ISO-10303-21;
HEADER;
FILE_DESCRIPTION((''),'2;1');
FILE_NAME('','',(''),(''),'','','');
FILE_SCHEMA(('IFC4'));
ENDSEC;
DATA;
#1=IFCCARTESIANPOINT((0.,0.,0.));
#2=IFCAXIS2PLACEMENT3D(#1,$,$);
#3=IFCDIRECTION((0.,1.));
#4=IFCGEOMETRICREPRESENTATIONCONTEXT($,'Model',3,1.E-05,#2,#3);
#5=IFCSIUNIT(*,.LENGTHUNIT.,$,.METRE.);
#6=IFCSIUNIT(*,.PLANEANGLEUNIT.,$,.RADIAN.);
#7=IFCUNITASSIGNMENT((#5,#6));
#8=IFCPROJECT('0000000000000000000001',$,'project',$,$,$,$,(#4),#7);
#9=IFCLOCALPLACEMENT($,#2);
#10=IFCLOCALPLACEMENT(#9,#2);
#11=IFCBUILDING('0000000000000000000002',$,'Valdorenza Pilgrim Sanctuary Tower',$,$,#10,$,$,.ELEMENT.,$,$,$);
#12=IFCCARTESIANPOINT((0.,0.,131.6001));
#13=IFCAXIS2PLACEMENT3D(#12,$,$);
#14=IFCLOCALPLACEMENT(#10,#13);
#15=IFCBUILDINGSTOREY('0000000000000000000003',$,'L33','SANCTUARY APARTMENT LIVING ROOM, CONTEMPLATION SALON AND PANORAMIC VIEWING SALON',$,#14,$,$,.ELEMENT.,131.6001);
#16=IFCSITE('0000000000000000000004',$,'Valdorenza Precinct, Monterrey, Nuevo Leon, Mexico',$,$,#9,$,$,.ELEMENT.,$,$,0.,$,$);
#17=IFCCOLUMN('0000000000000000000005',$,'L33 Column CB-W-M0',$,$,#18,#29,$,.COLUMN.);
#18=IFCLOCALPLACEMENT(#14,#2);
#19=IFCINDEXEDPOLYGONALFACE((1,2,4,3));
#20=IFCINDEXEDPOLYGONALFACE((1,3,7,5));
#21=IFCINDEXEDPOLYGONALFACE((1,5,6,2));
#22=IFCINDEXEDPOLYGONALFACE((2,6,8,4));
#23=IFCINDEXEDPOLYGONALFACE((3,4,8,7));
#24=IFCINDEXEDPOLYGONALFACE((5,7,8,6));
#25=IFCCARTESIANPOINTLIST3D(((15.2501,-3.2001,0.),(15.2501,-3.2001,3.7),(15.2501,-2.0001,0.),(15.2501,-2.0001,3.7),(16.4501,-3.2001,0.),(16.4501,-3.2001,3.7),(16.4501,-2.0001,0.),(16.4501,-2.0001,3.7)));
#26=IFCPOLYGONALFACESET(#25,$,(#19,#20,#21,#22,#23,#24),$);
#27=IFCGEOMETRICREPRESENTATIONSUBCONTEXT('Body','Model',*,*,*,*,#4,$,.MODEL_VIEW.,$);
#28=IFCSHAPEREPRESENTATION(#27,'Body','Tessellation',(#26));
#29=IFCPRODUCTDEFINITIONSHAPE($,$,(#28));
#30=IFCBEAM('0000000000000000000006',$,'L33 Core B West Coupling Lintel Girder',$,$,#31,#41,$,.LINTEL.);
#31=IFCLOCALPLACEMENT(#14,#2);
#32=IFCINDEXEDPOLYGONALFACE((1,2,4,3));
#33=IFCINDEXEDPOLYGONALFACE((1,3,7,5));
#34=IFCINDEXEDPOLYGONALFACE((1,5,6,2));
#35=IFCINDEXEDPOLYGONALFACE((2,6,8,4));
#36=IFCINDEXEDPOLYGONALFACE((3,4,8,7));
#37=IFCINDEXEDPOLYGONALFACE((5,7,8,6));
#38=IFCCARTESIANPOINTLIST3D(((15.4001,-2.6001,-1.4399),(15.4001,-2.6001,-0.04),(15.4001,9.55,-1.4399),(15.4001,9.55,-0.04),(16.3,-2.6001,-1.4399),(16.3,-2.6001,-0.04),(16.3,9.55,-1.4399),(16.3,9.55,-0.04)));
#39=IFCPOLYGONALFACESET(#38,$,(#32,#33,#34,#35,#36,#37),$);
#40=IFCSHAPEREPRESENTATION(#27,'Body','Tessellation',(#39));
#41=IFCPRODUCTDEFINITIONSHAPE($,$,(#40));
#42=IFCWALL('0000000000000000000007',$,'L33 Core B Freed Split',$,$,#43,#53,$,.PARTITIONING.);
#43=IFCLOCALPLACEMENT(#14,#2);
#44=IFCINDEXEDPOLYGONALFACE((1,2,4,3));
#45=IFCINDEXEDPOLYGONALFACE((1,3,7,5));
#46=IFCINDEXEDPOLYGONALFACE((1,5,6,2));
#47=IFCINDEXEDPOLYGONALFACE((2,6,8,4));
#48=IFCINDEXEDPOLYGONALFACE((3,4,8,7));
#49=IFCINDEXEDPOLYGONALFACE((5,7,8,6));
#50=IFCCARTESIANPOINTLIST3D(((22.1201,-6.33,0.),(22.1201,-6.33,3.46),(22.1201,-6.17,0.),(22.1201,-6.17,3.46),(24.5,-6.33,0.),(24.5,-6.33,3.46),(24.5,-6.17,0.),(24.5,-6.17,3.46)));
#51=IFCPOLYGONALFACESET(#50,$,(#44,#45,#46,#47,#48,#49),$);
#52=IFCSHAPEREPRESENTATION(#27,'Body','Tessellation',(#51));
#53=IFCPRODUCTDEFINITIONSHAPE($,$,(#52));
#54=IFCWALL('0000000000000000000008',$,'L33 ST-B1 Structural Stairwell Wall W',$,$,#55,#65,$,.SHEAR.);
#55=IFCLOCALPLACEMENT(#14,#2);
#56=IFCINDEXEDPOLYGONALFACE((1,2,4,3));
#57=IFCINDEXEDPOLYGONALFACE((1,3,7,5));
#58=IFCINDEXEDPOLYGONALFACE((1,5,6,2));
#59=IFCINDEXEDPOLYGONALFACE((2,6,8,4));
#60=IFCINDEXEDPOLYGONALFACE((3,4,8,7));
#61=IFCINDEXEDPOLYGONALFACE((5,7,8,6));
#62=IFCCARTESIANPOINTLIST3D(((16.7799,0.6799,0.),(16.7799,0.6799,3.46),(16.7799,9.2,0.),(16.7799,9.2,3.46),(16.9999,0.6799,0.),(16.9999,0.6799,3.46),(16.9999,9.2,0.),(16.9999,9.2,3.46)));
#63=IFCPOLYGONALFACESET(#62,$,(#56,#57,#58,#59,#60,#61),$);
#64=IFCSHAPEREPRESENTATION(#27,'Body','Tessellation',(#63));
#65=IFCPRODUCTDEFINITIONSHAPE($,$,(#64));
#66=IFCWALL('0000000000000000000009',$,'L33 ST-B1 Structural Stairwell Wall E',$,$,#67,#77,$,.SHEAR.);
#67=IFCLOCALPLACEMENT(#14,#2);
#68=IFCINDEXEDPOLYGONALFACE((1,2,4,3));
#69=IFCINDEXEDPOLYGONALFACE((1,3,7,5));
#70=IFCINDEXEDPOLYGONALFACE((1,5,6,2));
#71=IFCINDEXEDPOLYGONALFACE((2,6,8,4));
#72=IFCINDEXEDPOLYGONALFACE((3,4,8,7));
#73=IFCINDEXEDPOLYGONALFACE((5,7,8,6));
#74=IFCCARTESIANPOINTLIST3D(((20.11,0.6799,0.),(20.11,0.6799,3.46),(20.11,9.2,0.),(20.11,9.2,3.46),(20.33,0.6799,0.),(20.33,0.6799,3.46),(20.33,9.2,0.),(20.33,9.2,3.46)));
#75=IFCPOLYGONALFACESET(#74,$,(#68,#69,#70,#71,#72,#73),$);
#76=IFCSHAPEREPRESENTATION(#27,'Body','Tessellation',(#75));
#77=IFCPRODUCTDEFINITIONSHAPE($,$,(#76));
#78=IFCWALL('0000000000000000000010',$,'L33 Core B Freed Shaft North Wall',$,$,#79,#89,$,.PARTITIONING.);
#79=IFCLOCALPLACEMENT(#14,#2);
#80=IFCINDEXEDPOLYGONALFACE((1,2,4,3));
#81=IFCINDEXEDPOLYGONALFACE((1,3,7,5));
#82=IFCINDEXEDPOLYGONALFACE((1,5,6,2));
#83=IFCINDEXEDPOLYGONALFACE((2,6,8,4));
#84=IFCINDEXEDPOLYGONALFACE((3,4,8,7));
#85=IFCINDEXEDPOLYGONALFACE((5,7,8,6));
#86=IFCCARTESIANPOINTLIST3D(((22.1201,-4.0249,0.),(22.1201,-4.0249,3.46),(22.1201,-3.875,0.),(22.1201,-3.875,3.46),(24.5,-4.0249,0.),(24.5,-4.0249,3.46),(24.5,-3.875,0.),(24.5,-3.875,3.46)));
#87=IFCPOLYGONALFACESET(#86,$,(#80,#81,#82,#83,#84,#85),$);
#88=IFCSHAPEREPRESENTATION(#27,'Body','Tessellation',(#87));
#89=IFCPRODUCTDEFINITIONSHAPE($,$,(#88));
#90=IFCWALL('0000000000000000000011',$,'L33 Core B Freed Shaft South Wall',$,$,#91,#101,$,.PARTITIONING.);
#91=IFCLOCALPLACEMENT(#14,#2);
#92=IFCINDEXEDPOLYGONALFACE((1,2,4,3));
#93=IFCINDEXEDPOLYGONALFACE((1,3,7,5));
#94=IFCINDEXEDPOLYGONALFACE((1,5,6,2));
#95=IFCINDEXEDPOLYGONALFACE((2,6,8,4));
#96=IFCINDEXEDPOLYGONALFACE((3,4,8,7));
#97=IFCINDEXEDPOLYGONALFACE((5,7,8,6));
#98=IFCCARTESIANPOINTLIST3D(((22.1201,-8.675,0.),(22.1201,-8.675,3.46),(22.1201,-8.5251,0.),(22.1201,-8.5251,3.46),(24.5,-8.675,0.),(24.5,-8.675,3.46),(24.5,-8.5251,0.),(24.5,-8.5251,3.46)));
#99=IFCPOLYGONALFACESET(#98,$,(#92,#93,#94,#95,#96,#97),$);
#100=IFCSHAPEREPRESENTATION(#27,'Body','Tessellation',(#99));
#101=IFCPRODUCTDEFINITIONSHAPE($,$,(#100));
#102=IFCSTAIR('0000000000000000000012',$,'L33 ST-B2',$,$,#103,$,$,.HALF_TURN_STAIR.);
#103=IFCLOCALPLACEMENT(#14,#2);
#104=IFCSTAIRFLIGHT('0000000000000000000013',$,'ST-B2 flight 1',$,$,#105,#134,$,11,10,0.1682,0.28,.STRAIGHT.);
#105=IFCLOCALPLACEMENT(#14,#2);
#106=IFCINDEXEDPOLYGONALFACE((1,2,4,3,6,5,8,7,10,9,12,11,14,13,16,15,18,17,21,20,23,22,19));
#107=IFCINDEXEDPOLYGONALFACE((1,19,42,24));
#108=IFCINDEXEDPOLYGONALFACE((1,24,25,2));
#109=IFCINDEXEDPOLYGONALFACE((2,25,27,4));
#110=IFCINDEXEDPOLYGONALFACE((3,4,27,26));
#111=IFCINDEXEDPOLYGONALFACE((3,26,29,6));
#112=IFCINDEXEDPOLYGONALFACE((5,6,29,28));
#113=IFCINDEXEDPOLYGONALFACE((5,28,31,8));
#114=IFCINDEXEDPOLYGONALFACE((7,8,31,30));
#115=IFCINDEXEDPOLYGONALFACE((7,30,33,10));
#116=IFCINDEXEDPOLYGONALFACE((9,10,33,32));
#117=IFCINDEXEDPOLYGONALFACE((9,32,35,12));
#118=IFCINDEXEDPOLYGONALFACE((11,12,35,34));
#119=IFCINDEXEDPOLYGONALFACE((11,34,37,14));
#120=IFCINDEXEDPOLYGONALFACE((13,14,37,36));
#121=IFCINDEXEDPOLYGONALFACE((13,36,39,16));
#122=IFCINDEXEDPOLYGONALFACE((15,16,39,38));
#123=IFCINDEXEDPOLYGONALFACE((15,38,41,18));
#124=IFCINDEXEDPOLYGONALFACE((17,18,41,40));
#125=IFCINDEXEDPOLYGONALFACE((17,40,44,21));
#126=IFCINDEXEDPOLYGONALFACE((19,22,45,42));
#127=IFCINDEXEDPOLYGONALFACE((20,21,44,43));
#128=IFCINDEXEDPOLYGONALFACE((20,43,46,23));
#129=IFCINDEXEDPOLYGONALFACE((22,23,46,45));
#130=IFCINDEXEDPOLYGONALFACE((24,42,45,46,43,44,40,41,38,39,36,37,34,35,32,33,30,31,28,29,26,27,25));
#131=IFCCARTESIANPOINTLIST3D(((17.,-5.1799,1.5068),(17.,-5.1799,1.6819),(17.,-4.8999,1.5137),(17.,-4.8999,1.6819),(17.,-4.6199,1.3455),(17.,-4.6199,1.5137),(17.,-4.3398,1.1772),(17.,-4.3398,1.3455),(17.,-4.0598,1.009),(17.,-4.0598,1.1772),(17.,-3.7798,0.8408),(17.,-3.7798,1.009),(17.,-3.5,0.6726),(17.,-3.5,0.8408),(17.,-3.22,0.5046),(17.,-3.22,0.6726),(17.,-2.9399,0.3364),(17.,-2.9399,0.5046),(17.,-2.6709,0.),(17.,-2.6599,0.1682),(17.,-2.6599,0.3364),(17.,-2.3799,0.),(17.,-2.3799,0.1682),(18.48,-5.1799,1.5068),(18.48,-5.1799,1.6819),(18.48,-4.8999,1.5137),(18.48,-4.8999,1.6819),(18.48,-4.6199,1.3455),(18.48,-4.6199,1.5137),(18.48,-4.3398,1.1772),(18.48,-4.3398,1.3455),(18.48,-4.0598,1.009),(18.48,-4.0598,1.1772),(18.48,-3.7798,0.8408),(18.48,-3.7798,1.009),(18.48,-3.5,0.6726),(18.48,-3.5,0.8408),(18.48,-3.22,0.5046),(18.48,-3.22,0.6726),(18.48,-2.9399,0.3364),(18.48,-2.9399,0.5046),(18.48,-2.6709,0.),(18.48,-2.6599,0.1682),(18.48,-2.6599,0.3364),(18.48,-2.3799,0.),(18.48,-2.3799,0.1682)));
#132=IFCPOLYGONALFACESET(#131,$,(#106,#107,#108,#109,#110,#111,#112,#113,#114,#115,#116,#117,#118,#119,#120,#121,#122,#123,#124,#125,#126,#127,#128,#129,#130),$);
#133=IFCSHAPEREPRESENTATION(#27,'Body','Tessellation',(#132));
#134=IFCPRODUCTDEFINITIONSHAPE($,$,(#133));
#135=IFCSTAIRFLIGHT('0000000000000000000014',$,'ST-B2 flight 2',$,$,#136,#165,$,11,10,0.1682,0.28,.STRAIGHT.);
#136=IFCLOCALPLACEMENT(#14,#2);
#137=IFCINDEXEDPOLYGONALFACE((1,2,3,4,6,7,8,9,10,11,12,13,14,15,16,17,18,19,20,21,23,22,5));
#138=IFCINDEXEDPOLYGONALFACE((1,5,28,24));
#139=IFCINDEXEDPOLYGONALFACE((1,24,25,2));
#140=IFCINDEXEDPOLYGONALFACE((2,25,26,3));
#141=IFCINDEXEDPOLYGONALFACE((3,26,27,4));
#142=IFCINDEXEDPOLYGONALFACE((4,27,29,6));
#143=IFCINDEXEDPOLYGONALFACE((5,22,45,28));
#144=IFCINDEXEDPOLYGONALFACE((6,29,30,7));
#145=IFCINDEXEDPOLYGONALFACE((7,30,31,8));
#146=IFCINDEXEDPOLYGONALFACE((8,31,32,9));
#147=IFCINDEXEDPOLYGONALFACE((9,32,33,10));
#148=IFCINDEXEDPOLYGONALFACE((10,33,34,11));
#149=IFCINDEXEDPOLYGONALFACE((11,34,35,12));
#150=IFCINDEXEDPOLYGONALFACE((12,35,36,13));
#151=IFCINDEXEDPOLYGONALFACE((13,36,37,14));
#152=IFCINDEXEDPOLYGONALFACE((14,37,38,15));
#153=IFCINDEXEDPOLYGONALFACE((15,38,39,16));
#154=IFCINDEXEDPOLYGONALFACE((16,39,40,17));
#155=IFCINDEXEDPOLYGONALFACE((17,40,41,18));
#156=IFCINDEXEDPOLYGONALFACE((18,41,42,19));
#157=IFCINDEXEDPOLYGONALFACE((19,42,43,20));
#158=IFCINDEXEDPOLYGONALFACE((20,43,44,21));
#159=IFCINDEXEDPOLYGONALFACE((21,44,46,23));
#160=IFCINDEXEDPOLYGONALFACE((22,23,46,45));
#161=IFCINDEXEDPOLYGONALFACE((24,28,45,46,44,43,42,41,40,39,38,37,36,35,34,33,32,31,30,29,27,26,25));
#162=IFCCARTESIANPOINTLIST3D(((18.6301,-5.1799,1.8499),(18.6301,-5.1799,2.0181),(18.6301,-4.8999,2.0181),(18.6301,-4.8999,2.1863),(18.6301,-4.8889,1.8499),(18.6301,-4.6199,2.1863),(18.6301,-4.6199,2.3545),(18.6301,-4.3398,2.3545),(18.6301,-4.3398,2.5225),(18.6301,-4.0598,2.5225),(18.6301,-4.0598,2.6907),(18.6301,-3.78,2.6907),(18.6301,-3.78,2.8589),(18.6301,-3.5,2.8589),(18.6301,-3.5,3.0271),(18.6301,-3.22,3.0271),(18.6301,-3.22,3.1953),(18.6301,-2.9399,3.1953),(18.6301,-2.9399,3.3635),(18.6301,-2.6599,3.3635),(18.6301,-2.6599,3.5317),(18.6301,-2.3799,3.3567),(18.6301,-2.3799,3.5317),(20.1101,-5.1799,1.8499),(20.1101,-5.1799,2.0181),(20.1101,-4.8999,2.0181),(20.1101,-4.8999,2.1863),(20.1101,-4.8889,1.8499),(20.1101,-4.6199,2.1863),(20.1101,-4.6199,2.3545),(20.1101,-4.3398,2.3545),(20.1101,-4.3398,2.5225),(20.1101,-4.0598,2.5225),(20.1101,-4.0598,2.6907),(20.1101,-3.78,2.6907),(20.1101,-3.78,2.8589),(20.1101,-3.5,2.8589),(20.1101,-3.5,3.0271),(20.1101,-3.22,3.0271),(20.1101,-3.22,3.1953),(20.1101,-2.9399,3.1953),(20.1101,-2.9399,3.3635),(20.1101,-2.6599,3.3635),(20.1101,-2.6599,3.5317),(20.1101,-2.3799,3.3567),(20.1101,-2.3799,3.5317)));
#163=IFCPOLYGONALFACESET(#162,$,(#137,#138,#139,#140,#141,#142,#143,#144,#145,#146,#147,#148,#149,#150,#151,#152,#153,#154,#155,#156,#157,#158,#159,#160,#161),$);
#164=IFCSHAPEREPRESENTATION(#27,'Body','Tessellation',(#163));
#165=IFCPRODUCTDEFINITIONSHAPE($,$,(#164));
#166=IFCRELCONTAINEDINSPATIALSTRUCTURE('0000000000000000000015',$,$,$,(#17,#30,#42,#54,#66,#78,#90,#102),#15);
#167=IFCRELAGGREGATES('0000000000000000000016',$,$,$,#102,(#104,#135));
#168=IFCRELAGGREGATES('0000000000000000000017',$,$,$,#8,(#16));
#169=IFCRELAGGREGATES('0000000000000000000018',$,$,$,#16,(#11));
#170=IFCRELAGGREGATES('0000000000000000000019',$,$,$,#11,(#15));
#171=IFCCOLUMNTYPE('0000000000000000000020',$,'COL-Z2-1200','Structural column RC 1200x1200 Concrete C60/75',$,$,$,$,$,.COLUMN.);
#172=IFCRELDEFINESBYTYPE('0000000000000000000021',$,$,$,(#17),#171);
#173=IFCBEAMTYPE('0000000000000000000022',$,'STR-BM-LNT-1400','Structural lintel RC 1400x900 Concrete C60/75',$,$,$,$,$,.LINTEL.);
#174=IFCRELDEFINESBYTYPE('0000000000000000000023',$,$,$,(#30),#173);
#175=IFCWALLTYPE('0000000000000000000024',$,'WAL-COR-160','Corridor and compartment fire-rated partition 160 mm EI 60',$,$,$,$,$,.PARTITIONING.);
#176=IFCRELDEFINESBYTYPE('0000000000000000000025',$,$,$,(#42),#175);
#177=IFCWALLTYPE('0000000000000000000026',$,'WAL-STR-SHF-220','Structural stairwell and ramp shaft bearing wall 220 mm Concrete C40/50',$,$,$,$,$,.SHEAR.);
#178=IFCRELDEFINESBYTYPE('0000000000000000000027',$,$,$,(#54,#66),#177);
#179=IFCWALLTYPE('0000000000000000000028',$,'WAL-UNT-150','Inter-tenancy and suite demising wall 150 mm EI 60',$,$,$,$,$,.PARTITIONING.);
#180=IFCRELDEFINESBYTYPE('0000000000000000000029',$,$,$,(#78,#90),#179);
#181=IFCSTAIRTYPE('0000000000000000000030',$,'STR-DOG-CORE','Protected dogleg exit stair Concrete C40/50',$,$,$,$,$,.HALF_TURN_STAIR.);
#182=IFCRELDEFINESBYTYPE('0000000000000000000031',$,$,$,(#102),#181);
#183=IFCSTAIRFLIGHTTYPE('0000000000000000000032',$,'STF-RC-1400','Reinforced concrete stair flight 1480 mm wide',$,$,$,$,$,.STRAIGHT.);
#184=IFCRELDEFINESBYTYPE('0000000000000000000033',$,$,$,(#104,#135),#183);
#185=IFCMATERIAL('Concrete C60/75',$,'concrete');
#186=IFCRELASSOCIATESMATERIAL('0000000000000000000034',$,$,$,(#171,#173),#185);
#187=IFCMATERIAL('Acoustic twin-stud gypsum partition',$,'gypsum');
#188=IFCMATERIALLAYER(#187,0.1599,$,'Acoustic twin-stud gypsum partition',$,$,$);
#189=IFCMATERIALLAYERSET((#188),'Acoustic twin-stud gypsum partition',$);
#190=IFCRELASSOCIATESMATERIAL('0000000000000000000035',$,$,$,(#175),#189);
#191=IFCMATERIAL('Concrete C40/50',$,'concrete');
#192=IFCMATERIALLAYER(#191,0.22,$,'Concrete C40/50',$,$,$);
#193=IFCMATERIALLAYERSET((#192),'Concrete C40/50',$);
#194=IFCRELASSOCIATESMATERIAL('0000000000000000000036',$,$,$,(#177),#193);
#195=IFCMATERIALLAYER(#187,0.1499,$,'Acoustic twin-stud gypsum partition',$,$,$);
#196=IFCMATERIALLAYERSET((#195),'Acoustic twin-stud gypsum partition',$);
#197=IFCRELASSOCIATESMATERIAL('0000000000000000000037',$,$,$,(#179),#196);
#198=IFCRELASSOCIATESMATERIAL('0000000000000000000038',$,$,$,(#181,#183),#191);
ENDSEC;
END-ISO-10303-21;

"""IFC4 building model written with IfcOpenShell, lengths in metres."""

from ifc_helpers import new_model, si_unit, direction, frame, frame_2d, origin, origin_2d, place, context, subcontext, project, spatial, polyline, rectangle, outline, extrude, source, transform, mapped, material, layer, layer_set, material_profile, profile_set, type_object, element, aggregate, save


model = new_model("IFC4")

# Units and contexts
model_context = context("Model", 3, precision=1e-05, world=origin(), true_north=direction((0.0, 1.0)))
body_context = subcontext(model_context, "Body", "Model", "MODEL_VIEW")
ifc_project = project(units=[si_unit("LENGTHUNIT", "METRE"), si_unit("PLANEANGLEUNIT", "RADIAN")], contexts=[model_context])

# Site, building, storey
site_placement = place(None, origin())
site = spatial("IfcSite", under=ifc_project, at=site_placement, Name="Valdorenza Precinct, Monterrey, Nuevo Leon, Mexico", CompositionType="ELEMENT", RefElevation=0.0)
building_placement = place(site_placement, origin())
building = spatial("IfcBuilding", under=site, at=building_placement, Name="Valdorenza Pilgrim Sanctuary Tower", CompositionType="ELEMENT")
storey_placement = place(building_placement, frame((0.0, 0.0, 131.6001)))
storey = spatial("IfcBuildingStorey", under=building, at=storey_placement, Name="L33", Description="SANCTUARY APARTMENT LIVING ROOM, CONTEMPLATION SALON AND PANORAMIC VIEWING SALON", CompositionType="ELEMENT", Elevation=131.6001)

# Column
ifc_material_1 = material(Name="Concrete C60/75", Category="concrete")
ifc_material_profile_1 = material_profile(ifc_material_1, rectangle(XDim=1.2, YDim=1.2, at=origin_2d()), Name="RC 1200x1200")
ifc_profile_set_1 = profile_set([ifc_material_profile_1], Name="Concrete C60/75")
column_type = type_object("IfcColumnType", Name="COL-Z2-1200", Description="Structural column RC 1200x1200 Concrete C60/75", PredefinedType="COLUMN", material=ifc_profile_set_1)
shared_shape_1 = source(origin(), body_context, "Body", "SweptSolid", [
    extrude(rectangle(XDim=1.2, YDim=1.2, at=origin_2d()), origin(), (0.0, 0.0, 1.0), 3.7),
])
column_placement = place(storey_placement, frame((15.8501, -2.6001, 0.0), z_axis=(0.0, 0.0, 1.0), x_axis=(1.0, 0.0, 0.0)))
element("IfcColumn", 1, at=column_placement, inside=storey, type_object=column_type, Name="L33 Column CB-W-M0", PredefinedType="COLUMN", context=body_context, shape_type="MappedRepresentation", body=[
    mapped(shared_shape_1, transform((0.0, 0.0, 0.0), x_axis=(1.0, 0.0, 0.0), y_axis=(0.0, 1.0, 0.0), z_axis=(0.0, 0.0, 1.0), scale=1.0)),
])

# Beam
ifc_material_profile_2 = material_profile(ifc_material_1, rectangle(XDim=0.8999, YDim=1.3999, at=origin_2d()), Name="RC 1400x900")
ifc_profile_set_2 = profile_set([ifc_material_profile_2], Name="Concrete C60/75")
beam_type = type_object("IfcBeamType", Name="STR-BM-LNT-1400", Description="Structural lintel RC 1400x900 Concrete C60/75", PredefinedType="LINTEL", material=ifc_profile_set_2)
shared_shape_2 = source(origin(), body_context, "Body", "SweptSolid", [
    extrude(rectangle(XDim=0.8999, YDim=1.3999, at=origin_2d()), origin(), (0.0, 0.0, 1.0), 12.1501),
])
beam_placement = place(storey_placement, frame((15.8501, -2.6001, -0.74), z_axis=(0.0, 1.0, 0.0), x_axis=(-1.0, 0.0, 0.0)))
element("IfcBeam", 2, at=beam_placement, inside=storey, type_object=beam_type, Name="L33 Core B West Coupling Lintel Girder", PredefinedType="LINTEL", context=body_context, shape_type="MappedRepresentation", body=[
    mapped(shared_shape_2, transform((0.0, 0.0, 0.0), x_axis=(1.0, 0.0, 0.0), y_axis=(0.0, 1.0, 0.0), z_axis=(0.0, 0.0, 1.0), scale=1.0)),
])

# Wall
ifc_material_2 = material(Name="Acoustic twin-stud gypsum partition", Category="gypsum")
ifc_layer_1 = layer(ifc_material_2, 0.1599, Name="Acoustic twin-stud gypsum partition")
ifc_layer_set_1 = layer_set([ifc_layer_1], Name="Acoustic twin-stud gypsum partition")
wall_type_1 = type_object("IfcWallType", Name="WAL-COR-160", Description="Corridor and compartment fire-rated partition 160 mm EI 60", PredefinedType="PARTITIONING", material=ifc_layer_set_1)
wall_1_placement = place(storey_placement, frame((22.1201, -6.25, 0.0), z_axis=(0.0, 0.0, 1.0), x_axis=(1.0, 0.0, 0.0)))
element("IfcWall", 3, at=wall_1_placement, inside=storey, type_object=wall_type_1, Name="L33 Core B Freed Split", PredefinedType="PARTITIONING", context=body_context, shape_type="SweptSolid", body=[
    extrude(rectangle(XDim=2.3799, YDim=0.1599, at=frame_2d((1.1899, 0.0))), origin(), (0.0, 0.0, 1.0), 3.46),
])

# Walls
ifc_material_3 = material(Name="Concrete C40/50", Category="concrete")
ifc_layer_2 = layer(ifc_material_3, 0.22, Name="Concrete C40/50")
ifc_layer_set_2 = layer_set([ifc_layer_2], Name="Concrete C40/50")
wall_type_2 = type_object("IfcWallType", Name="WAL-STR-SHF-220", Description="Structural stairwell and ramp shaft bearing wall 220 mm Concrete C40/50", PredefinedType="SHEAR", material=ifc_layer_set_2)
for number, where, z_axis, x_axis, name in (
    (4, (16.8899, 0.6799, 0.0), (0.0, 0.0, 1.0), (0.0, 1.0, 0.0), "L33 ST-B1 Structural Stairwell Wall W"),
    (5, (20.22, 0.6799, 0.0), (0.0, 0.0, 1.0), (0.0, 1.0, 0.0), "L33 ST-B1 Structural Stairwell Wall E"),
):
    element("IfcWall", number, at=place(storey_placement, frame(where, z_axis=z_axis, x_axis=x_axis)), inside=storey, type_object=wall_type_2, Name=name, PredefinedType="SHEAR", context=body_context, shape_type="SweptSolid", body=[
        extrude(rectangle(XDim=8.52, YDim=0.22, at=frame_2d((4.26, 0.0))), origin(), (0.0, 0.0, 1.0), 3.46),
    ])

# Walls
ifc_layer_3 = layer(ifc_material_2, 0.1499, Name="Acoustic twin-stud gypsum partition")
ifc_layer_set_3 = layer_set([ifc_layer_3], Name="Acoustic twin-stud gypsum partition")
wall_type_3 = type_object("IfcWallType", Name="WAL-UNT-150", Description="Inter-tenancy and suite demising wall 150 mm EI 60", PredefinedType="PARTITIONING", material=ifc_layer_set_3)
for number, where, z_axis, x_axis, name in (
    (6, (22.1201, -3.95, 0.0), (0.0, 0.0, 1.0), (1.0, 0.0, 0.0), "L33 Core B Freed Shaft North Wall"),
    (7, (22.1201, -8.6001, 0.0), (0.0, 0.0, 1.0), (1.0, 0.0, 0.0), "L33 Core B Freed Shaft South Wall"),
):
    element("IfcWall", number, at=place(storey_placement, frame(where, z_axis=z_axis, x_axis=x_axis)), inside=storey, type_object=wall_type_3, Name=name, PredefinedType="PARTITIONING", context=body_context, shape_type="SweptSolid", body=[
        extrude(rectangle(XDim=2.3799, YDim=0.1499, at=frame_2d((1.1899, 0.0))), origin(), (0.0, 0.0, 1.0), 3.46),
    ])

# Stair, stair flights
stair_type = type_object("IfcStairType", Name="STR-DOG-CORE", Description="Protected dogleg exit stair Concrete C40/50", PredefinedType="HALF_TURN_STAIR", material=ifc_material_3)
stair_placement = place(storey_placement, origin())
stair = element("IfcStair", 8, at=stair_placement, inside=storey, type_object=stair_type, Name="L33 ST-B2", PredefinedType="HALF_TURN_STAIR")
stair_flight_type = type_object("IfcStairFlightType", Name="STF-RC-1400", Description="Reinforced concrete stair flight 1480 mm wide", PredefinedType="STRAIGHT", material=ifc_material_3)
stair_flight_1_placement = place(storey_placement, frame((17.74, -2.3799, 0.0), z_axis=(0.0, 0.0, 1.0), x_axis=(0.0, -1.0, 0.0)))
stair_flight_1 = element("IfcStairFlight", 9, at=stair_flight_1_placement, type_object=stair_flight_type, Name="ST-B2 flight 1", NumberOfRisers=11, NumberOfTreads=10, PredefinedType="STRAIGHT", RiserHeight=0.1682, TreadLength=0.28, context=body_context, shape_type="SweptSolid", body=[
    extrude(outline(polyline([(0.0, 0.0), (0.0, 0.1682), (0.28, 0.1682), (0.28, 0.3364), (0.5601, 0.3364), (0.5601, 0.5046), (0.8401, 0.5046), (0.8401, 0.6726), (1.1201, 0.6726), (1.1201, 0.8408), (1.3999, 0.8408), (1.3999, 1.009), (1.6799, 1.009), (1.6799, 1.1772), (1.96, 1.1772), (1.96, 1.3455), (2.24, 1.3455), (2.24, 1.5137), (2.52, 1.5137), (2.52, 1.6819), (2.8, 1.6819), (2.8, 1.8501), (2.8, 1.5068), (0.291, 0.0), (0.0, 0.0)])), frame((0.0, 0.74, 0.0), z_axis=(0.0, -1.0, 0.0), x_axis=(1.0, 0.0, 0.0)), (0.0, 0.0, 1.0), 1.48),
])
stair_flight_2_placement = place(storey_placement, frame((19.3701, -5.1799, 1.8499), z_axis=(0.0, 0.0, 1.0), x_axis=(0.0, 1.0, 0.0)))
stair_flight_2 = element("IfcStairFlight", 10, at=stair_flight_2_placement, type_object=stair_flight_type, Name="ST-B2 flight 2", NumberOfRisers=11, NumberOfTreads=10, PredefinedType="STRAIGHT", RiserHeight=0.1682, TreadLength=0.28, context=body_context, shape_type="SweptSolid", body=[
    extrude(outline(polyline([(0.0, 0.0), (0.0, 0.1682), (0.28, 0.1682), (0.28, 0.3364), (0.5601, 0.3364), (0.5601, 0.5046), (0.8401, 0.5046), (0.8401, 0.6726), (1.1201, 0.6726), (1.1201, 0.8408), (1.3999, 0.8408), (1.3999, 1.009), (1.6799, 1.009), (1.6799, 1.1772), (1.96, 1.1772), (1.96, 1.3455), (2.24, 1.3455), (2.24, 1.5137), (2.52, 1.5137), (2.52, 1.6819), (2.8, 1.6819), (2.8, 1.8501), (2.8, 1.5068), (0.291, 0.0), (0.0, 0.0)])), frame((0.0, 0.74, 0.0), z_axis=(0.0, -1.0, 0.0), x_axis=(1.0, 0.0, 0.0)), (0.0, 0.0, 1.0), 1.48),
])
aggregate(stair, [stair_flight_1, stair_flight_2])

save(model, "model.ifc")
